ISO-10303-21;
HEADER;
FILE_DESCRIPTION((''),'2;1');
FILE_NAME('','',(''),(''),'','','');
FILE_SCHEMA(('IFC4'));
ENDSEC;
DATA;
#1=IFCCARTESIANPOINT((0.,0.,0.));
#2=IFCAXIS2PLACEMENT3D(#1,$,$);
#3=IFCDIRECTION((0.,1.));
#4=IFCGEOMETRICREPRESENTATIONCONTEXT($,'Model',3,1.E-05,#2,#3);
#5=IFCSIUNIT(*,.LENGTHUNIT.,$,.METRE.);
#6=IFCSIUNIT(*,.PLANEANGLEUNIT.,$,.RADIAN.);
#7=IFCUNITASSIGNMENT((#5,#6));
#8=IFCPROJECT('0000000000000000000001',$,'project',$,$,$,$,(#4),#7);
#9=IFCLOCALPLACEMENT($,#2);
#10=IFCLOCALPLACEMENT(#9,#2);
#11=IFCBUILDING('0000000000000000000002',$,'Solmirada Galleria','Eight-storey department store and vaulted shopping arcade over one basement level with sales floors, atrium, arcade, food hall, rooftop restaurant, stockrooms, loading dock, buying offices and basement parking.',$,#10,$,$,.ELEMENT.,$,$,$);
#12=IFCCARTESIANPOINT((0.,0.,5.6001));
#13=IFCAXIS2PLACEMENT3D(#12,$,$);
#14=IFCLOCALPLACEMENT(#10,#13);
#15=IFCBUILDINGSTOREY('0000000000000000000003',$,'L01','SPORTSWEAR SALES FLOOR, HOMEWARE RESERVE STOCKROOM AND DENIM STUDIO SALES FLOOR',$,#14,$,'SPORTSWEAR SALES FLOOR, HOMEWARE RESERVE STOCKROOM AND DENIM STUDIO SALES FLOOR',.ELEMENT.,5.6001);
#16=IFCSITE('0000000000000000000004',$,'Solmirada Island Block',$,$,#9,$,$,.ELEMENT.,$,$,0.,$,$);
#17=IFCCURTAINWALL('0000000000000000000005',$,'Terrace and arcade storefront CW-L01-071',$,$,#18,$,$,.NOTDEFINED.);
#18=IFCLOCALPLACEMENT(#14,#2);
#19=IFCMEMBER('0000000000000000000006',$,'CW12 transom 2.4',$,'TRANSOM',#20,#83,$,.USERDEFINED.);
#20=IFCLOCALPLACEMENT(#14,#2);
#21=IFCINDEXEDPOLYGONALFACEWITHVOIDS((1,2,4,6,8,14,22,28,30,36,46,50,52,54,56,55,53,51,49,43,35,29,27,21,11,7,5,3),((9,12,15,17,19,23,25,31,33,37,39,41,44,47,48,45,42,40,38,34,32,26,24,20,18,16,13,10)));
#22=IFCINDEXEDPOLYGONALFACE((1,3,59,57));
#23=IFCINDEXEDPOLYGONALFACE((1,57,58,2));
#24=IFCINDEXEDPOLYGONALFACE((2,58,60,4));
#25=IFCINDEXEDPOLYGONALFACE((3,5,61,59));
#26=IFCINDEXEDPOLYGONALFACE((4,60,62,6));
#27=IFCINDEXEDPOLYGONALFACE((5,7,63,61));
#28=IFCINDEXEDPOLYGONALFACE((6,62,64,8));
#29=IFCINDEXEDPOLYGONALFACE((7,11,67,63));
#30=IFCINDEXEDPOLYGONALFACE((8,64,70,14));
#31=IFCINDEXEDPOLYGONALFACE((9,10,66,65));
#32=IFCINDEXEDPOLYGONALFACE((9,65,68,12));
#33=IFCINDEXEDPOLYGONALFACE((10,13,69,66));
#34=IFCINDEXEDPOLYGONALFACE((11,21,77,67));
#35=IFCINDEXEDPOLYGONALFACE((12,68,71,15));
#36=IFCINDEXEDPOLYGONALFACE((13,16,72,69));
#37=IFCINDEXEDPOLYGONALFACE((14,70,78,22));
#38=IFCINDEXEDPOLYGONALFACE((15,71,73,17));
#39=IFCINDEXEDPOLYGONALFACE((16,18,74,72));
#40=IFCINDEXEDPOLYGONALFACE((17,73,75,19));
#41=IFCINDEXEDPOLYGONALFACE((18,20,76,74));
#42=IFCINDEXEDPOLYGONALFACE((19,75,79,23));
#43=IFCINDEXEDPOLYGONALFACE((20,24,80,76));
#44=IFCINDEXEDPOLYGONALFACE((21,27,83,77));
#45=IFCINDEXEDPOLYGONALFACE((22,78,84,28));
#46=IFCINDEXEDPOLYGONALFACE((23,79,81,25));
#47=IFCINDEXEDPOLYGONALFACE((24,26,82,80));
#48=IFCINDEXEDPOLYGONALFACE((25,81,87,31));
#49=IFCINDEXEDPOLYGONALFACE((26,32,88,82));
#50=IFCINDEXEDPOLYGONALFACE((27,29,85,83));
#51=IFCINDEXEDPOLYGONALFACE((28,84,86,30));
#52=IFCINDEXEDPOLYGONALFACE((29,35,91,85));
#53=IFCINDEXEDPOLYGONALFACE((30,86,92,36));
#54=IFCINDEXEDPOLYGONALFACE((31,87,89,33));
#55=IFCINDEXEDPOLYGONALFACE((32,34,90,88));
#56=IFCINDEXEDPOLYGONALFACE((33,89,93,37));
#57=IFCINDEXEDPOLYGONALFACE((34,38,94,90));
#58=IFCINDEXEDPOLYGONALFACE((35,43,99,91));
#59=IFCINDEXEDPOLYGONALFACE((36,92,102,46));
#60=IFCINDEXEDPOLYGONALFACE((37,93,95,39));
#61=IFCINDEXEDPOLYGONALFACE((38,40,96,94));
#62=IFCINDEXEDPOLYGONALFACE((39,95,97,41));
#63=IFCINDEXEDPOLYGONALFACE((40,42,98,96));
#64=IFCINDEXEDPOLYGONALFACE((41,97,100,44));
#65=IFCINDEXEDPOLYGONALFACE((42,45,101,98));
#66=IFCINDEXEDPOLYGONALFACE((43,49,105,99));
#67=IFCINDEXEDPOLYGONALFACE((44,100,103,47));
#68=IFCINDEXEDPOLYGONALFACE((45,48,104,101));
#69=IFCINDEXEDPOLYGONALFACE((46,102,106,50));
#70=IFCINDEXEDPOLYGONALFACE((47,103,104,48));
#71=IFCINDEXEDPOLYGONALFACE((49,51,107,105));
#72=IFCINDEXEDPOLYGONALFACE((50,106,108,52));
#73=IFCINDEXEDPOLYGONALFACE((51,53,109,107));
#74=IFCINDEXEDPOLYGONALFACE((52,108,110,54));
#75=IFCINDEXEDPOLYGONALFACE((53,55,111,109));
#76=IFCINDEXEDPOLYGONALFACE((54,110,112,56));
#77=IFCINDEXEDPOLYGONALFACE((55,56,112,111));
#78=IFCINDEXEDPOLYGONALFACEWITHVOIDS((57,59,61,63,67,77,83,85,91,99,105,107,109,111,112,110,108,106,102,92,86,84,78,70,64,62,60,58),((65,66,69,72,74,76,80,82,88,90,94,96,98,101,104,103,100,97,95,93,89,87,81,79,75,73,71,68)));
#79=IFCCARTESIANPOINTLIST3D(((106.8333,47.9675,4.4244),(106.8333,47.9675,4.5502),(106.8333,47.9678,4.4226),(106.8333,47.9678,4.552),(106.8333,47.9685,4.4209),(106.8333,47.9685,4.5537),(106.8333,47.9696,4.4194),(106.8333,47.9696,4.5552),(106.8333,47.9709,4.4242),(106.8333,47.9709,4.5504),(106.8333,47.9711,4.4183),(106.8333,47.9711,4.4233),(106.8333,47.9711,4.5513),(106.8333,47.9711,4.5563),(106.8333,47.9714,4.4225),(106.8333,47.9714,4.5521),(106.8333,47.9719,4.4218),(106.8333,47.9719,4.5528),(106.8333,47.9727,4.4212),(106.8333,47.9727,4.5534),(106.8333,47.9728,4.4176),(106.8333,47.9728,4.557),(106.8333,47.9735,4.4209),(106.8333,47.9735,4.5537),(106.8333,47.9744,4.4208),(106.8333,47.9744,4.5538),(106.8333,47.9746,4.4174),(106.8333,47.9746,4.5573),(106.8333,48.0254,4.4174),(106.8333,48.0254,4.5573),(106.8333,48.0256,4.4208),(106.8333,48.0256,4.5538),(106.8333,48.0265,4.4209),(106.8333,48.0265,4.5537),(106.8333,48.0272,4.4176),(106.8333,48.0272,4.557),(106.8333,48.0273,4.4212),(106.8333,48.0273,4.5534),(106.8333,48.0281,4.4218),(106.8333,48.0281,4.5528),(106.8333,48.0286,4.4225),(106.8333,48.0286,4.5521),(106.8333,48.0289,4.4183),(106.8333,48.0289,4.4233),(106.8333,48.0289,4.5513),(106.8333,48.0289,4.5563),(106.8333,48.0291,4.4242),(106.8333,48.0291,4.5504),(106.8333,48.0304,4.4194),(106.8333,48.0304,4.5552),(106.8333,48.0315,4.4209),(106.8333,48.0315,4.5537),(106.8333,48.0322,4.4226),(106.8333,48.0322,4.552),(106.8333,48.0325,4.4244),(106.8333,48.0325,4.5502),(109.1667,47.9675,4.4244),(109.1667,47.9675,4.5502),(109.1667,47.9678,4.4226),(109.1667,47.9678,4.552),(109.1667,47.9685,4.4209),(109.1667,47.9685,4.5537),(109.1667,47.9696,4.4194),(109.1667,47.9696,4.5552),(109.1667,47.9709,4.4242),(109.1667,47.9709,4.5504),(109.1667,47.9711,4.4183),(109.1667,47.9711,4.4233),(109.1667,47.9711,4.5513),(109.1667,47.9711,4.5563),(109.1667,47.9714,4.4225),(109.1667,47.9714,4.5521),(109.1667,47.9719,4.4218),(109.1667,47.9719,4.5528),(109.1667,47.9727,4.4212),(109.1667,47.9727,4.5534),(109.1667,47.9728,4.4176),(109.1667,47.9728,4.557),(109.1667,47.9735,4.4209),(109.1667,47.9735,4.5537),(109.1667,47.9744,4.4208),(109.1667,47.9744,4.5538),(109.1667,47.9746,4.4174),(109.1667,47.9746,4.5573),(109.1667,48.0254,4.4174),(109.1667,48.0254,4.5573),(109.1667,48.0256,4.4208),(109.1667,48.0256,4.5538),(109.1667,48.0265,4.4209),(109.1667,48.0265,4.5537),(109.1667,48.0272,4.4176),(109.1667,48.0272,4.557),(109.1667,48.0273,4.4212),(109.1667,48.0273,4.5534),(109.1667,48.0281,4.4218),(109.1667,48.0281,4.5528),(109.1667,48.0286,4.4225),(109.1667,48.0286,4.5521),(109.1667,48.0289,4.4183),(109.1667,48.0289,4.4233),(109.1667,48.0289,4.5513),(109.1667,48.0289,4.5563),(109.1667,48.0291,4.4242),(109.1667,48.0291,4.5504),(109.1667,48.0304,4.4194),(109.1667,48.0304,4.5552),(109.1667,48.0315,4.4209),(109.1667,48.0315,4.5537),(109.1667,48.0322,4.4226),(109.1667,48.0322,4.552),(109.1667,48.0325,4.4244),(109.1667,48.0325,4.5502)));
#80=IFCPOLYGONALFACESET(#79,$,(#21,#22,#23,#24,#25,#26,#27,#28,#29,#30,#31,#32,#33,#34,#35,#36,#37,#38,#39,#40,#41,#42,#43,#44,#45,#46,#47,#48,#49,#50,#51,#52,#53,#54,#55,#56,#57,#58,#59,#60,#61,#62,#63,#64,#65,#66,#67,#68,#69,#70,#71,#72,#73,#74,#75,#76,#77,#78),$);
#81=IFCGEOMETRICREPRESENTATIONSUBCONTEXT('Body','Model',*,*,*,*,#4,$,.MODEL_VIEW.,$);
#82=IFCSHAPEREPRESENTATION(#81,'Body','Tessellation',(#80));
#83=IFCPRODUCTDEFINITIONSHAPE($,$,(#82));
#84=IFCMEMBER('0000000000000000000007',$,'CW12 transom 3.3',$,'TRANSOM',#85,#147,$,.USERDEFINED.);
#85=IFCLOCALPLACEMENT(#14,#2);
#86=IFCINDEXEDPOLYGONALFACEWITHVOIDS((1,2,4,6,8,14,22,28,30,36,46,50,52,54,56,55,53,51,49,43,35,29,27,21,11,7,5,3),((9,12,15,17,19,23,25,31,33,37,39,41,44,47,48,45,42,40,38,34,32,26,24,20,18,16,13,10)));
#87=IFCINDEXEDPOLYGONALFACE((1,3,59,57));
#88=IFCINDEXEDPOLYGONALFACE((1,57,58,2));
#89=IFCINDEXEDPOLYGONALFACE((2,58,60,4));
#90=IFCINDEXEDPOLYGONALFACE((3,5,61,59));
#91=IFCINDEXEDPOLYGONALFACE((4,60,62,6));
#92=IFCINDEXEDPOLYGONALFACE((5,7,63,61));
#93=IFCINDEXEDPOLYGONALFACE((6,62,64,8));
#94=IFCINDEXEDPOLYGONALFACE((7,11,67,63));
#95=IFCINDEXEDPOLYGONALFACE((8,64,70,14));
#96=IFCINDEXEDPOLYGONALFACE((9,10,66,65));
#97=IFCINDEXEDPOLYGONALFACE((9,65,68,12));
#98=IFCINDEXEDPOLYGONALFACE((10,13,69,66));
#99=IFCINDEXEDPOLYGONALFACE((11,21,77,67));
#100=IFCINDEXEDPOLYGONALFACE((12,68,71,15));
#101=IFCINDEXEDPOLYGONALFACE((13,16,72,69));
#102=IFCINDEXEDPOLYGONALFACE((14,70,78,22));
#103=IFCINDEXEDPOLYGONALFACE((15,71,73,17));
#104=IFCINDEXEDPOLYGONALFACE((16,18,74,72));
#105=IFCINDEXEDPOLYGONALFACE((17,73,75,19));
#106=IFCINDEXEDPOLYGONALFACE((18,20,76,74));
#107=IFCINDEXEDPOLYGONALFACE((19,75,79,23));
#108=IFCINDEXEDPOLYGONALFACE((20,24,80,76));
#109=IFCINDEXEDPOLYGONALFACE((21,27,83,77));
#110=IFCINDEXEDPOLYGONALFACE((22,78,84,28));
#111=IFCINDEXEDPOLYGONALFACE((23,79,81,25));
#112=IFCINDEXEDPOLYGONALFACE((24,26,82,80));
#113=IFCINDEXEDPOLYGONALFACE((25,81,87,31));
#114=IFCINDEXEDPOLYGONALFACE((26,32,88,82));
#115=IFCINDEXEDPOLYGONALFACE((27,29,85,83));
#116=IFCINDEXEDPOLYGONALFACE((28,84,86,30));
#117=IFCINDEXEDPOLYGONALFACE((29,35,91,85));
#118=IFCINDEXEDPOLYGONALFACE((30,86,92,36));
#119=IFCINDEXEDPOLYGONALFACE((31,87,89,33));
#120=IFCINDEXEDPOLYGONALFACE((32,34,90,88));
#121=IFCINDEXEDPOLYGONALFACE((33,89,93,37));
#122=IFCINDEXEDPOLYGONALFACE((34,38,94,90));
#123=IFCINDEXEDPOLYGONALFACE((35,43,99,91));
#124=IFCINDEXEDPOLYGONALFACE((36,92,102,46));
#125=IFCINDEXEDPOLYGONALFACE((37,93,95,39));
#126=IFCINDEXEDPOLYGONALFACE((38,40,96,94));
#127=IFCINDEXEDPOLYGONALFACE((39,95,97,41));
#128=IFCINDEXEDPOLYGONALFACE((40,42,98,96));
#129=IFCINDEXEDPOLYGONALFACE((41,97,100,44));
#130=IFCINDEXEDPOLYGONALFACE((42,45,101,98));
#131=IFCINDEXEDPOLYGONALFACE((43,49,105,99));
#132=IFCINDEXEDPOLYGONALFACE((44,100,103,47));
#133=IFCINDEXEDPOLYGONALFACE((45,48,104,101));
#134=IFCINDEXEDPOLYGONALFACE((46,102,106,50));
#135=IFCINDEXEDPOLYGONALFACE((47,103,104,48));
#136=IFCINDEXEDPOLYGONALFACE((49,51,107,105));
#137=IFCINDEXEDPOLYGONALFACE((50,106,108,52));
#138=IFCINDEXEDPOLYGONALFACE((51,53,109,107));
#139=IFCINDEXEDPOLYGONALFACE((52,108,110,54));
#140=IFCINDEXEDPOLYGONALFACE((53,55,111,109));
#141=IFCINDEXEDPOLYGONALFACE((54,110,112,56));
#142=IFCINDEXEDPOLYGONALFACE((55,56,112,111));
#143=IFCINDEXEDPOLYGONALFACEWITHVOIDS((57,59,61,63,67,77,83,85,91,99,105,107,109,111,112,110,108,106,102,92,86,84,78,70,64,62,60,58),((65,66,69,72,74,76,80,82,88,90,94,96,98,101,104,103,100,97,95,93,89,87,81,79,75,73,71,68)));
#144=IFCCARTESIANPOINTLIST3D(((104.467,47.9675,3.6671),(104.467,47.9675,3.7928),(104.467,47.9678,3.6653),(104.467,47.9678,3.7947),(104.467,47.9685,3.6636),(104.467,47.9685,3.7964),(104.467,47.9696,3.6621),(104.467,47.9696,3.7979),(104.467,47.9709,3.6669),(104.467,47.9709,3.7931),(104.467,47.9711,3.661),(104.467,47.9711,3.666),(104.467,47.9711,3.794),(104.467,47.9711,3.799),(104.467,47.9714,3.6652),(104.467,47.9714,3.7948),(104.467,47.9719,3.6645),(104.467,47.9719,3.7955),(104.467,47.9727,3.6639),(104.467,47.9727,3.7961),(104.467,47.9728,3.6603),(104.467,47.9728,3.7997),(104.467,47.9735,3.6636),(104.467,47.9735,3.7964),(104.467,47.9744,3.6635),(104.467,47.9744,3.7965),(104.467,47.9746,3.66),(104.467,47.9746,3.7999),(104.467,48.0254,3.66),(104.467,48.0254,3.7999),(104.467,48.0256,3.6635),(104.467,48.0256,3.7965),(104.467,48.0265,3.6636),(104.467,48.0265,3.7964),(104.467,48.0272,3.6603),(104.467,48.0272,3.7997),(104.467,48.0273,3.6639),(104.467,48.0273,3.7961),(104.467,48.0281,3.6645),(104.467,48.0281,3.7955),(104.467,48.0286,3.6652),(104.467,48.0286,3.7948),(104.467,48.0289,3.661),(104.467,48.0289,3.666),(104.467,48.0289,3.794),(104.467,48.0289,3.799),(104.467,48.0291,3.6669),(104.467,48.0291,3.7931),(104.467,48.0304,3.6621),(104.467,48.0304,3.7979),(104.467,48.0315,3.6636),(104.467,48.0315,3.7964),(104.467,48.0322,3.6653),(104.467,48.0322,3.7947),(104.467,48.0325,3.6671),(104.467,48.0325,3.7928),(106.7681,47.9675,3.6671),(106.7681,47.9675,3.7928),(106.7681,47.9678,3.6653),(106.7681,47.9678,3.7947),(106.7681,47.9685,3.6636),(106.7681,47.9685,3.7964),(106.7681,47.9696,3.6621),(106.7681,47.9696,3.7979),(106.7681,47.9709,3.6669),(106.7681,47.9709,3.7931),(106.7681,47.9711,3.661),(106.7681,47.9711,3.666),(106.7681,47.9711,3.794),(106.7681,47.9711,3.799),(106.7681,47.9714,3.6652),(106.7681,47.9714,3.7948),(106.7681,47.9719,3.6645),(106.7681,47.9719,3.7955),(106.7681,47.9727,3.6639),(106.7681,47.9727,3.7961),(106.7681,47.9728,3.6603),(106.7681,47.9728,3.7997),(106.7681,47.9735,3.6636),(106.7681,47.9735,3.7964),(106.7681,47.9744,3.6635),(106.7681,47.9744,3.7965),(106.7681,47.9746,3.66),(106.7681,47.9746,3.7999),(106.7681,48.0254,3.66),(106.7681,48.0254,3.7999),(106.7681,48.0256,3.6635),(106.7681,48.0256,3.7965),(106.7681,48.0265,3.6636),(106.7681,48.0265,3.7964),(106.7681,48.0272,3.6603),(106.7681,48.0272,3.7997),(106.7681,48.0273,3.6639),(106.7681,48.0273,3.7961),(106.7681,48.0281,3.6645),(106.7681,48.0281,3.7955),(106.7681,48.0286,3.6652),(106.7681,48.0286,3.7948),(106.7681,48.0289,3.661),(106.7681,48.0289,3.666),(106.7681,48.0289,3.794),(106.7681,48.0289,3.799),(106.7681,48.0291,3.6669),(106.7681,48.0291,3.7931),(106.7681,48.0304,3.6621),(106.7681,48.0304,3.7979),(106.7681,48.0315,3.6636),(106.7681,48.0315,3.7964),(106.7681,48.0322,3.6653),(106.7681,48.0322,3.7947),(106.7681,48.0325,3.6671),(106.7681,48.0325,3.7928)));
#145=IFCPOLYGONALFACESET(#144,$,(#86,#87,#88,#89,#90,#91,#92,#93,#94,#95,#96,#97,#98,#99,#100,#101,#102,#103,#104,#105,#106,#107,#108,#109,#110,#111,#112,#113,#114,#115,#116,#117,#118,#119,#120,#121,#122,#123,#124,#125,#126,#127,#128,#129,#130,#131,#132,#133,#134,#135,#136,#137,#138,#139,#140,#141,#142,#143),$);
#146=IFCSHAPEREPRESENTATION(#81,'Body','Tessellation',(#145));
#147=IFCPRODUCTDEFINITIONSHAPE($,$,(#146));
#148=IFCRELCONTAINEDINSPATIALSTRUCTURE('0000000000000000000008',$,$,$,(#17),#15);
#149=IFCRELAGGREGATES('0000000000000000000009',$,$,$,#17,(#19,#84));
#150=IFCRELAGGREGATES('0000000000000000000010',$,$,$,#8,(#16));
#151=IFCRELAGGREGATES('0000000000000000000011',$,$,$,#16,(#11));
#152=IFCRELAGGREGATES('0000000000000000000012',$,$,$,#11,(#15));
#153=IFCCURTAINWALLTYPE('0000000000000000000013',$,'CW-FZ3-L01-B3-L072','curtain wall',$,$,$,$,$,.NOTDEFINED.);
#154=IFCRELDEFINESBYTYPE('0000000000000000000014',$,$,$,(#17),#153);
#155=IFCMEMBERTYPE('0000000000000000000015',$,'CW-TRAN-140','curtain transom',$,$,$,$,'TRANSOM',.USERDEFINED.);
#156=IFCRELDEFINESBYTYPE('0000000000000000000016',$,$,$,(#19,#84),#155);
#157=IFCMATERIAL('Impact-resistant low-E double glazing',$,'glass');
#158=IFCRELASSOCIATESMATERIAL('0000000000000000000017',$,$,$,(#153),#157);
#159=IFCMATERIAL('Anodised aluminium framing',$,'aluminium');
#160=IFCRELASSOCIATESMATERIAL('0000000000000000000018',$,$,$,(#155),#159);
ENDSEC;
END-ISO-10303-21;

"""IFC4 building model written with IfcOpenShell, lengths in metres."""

from ifc_helpers import new_model, si_unit, direction, frame, origin, origin_2d, place, context, subcontext, project, spatial, hollow_rectangle, extrude, material, material_profile, profile_set, type_object, element, aggregate, save


model = new_model("IFC4")

# Units and contexts
model_context = context("Model", 3, precision=1e-05, world=origin(), true_north=direction((0.0, 1.0)))
body_context = subcontext(model_context, "Body", "Model", "MODEL_VIEW")
ifc_project = project(units=[si_unit("LENGTHUNIT", "METRE"), si_unit("PLANEANGLEUNIT", "RADIAN")], contexts=[model_context])

# Site, building, storey
site_placement = place(None, origin())
site = spatial("IfcSite", under=ifc_project, at=site_placement, Name="Solmirada Island Block", CompositionType="ELEMENT", RefElevation=0.0)
building_placement = place(site_placement, origin())
building = spatial("IfcBuilding", under=site, at=building_placement, Name="Solmirada Galleria", Description="Eight-storey department store and vaulted shopping arcade over one basement level with sales floors, atrium, arcade, food hall, rooftop restaurant, stockrooms, loading dock, buying offices and basement parking.", CompositionType="ELEMENT")
storey_placement = place(building_placement, frame((0.0, 0.0, 5.6001)))
storey = spatial("IfcBuildingStorey", under=building, at=storey_placement, Name="L01", Description="SPORTSWEAR SALES FLOOR, HOMEWARE RESERVE STOCKROOM AND DENIM STUDIO SALES FLOOR", LongName="SPORTSWEAR SALES FLOOR, HOMEWARE RESERVE STOCKROOM AND DENIM STUDIO SALES FLOOR", CompositionType="ELEMENT", Elevation=5.6001)

# Curtain wall
ifc_material_1 = material(Name="Impact-resistant low-E double glazing", Category="glass")
curtain_wall_type = type_object("IfcCurtainWallType", Name="CW-FZ3-L01-B3-L072", Description="curtain wall", PredefinedType="NOTDEFINED", material=ifc_material_1)
ifc_material_2 = material(Name="Anodised aluminium framing", Category="aluminium")
curtain_wall_1_placement = place(storey_placement, origin())
curtain_wall_1 = element("IfcCurtainWall", 1, at=curtain_wall_1_placement, inside=storey, type_object=curtain_wall_type, Name="Terrace and arcade storefront CW-L01-071", PredefinedType="NOTDEFINED")

# Members
ifc_material_profile_1 = material_profile(ifc_material_2, hollow_rectangle(XDim=0.0649, YDim=0.1399, WallThickness=0.0034, InnerFilletRadius=0.0034, OuterFilletRadius=0.0071, at=origin_2d()), Name="ALU-TRAN-140X65")
ifc_profile_set_1 = profile_set([ifc_material_profile_1], Name="Anodised aluminium framing")
member_type_1 = type_object("IfcMemberType", Name="CW-TRAN-140", Description="curtain transom", ElementType="TRANSOM", PredefinedType="USERDEFINED", material=ifc_profile_set_1)
member_1_placement = place(storey_placement, frame((109.1667, 48.0, 4.4873), z_axis=(-1.0, 0.0, 0.0), x_axis=(0.0, -1.0, 0.0)))
member_1 = element("IfcMember", 2, at=member_1_placement, type_object=member_type_1, Name="CW12 transom 2.4", ObjectType="TRANSOM", PredefinedType="USERDEFINED", context=body_context, shape_type="SweptSolid", body=[
    extrude(hollow_rectangle(XDim=0.0649, YDim=0.1399, WallThickness=0.0034, InnerFilletRadius=0.0034, OuterFilletRadius=0.0071, at=origin_2d()), origin(), (0.0, 0.0, 1.0), 2.3335),
])
member_2_placement = place(storey_placement, frame((106.7681, 48.0, 3.73), z_axis=(-1.0, 0.0, 0.0), x_axis=(0.0, -1.0, 0.0)))
member_2 = element("IfcMember", 3, at=member_2_placement, type_object=member_type_1, Name="CW12 transom 3.3", ObjectType="TRANSOM", PredefinedType="USERDEFINED", context=body_context, shape_type="SweptSolid", body=[
    extrude(hollow_rectangle(XDim=0.0649, YDim=0.1399, WallThickness=0.0034, InnerFilletRadius=0.0034, OuterFilletRadius=0.0071, at=origin_2d()), origin(), (0.0, 0.0, 1.0), 2.301),
])

aggregate(curtain_wall_1, [member_1, member_2])

save(model, "model.ifc")
